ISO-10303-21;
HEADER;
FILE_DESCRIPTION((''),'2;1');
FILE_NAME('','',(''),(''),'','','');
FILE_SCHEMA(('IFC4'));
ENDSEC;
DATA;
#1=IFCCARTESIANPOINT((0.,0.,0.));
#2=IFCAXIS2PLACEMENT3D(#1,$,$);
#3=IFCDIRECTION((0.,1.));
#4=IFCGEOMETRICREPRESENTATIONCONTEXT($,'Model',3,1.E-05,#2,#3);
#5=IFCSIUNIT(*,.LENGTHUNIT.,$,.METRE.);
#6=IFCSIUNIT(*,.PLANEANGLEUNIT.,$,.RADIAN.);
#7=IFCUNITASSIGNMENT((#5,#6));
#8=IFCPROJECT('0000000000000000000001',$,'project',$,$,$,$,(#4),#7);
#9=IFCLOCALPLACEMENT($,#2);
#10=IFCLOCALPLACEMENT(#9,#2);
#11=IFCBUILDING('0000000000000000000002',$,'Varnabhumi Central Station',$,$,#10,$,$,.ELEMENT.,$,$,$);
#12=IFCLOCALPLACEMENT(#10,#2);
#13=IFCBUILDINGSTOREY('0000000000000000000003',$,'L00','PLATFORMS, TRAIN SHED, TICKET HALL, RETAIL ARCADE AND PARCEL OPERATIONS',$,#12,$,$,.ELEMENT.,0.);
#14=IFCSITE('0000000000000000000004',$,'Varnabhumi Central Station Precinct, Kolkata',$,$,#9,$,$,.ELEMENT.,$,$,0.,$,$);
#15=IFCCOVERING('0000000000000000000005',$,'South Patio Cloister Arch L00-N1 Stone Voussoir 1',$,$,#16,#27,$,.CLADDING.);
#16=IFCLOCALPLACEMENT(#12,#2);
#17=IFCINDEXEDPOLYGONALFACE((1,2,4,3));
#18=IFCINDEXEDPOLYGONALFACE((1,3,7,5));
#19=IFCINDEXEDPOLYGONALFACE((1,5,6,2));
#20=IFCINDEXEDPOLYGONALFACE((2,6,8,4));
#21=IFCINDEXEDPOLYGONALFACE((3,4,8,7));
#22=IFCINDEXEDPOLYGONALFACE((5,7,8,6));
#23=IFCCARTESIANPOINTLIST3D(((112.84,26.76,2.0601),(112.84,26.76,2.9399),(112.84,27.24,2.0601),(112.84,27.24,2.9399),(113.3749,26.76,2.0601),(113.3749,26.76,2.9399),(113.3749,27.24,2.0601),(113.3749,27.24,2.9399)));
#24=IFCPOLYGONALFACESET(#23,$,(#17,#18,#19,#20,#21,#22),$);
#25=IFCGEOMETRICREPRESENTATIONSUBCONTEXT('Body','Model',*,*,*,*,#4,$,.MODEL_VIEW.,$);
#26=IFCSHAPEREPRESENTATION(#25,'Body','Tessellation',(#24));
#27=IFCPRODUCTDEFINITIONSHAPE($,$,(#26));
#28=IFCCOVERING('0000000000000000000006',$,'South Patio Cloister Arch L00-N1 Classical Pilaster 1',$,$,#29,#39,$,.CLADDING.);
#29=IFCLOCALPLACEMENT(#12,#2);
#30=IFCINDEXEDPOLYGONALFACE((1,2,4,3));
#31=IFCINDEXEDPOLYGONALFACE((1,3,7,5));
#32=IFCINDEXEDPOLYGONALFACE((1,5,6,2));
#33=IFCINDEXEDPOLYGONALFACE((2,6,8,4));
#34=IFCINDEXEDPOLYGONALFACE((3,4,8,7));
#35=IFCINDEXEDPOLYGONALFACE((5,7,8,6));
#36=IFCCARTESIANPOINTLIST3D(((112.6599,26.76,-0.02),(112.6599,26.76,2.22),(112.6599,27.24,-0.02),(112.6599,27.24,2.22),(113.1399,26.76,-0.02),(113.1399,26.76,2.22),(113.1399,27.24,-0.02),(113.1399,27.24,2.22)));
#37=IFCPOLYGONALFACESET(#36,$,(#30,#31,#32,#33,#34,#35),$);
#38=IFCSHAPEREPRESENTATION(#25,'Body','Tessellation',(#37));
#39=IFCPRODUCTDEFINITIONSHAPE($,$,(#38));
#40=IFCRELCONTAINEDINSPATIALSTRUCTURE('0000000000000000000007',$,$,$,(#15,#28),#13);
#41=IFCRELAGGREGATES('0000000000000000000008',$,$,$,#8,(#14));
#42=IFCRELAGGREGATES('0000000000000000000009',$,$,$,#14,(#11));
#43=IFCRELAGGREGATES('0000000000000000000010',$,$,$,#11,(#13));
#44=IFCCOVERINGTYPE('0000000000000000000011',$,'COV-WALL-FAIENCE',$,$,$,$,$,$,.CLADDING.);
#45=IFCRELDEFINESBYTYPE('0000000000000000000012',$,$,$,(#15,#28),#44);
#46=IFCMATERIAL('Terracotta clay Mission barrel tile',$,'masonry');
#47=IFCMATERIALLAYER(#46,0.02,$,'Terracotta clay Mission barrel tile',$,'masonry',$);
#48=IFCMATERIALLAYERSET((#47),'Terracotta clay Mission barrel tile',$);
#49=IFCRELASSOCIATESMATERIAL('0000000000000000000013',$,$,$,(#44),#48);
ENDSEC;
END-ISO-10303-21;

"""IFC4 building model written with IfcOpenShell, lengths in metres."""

from ifc_helpers import new_model, si_unit, direction, frame, origin, origin_2d, place, context, subcontext, project, spatial, rectangle, extrude, material, layer, layer_set, type_object, element, save


model = new_model("IFC4")

# Units and contexts
model_context = context("Model", 3, precision=1e-05, world=origin(), true_north=direction((0.0, 1.0)))
body_context = subcontext(model_context, "Body", "Model", "MODEL_VIEW")
ifc_project = project(units=[si_unit("LENGTHUNIT", "METRE"), si_unit("PLANEANGLEUNIT", "RADIAN")], contexts=[model_context])

# Site, building, storey
site_placement = place(None, origin())
site = spatial("IfcSite", under=ifc_project, at=site_placement, Name="Varnabhumi Central Station Precinct, Kolkata", CompositionType="ELEMENT", RefElevation=0.0)
building_placement = place(site_placement, origin())
building = spatial("IfcBuilding", under=site, at=building_placement, Name="Varnabhumi Central Station", CompositionType="ELEMENT")
storey_placement = place(building_placement, origin())
storey = spatial("IfcBuildingStorey", under=building, at=storey_placement, Name="L00", Description="PLATFORMS, TRAIN SHED, TICKET HALL, RETAIL ARCADE AND PARCEL OPERATIONS", CompositionType="ELEMENT", Elevation=0.0)

# Coverings
ifc_material_1 = material(Name="Terracotta clay Mission barrel tile", Category="masonry")
ifc_layer_1 = layer(ifc_material_1, 0.02, Name="Terracotta clay Mission barrel tile", Category="masonry")
ifc_layer_set_1 = layer_set([ifc_layer_1], Name="Terracotta clay Mission barrel tile")
covering_type = type_object("IfcCoveringType", Name="COV-WALL-FAIENCE", PredefinedType="CLADDING", material=ifc_layer_set_1)
covering_1_placement = place(storey_placement, frame((113.1074, 27.0, 2.0601), z_axis=(0.0, 0.0, 1.0), x_axis=(1.0, 0.0, 0.0)))
element("IfcCovering", 1, at=covering_1_placement, inside=storey, type_object=covering_type, Name="South Patio Cloister Arch L00-N1 Stone Voussoir 1", PredefinedType="CLADDING", context=body_context, shape_type="SweptSolid", body=[
    extrude(rectangle(XDim=0.5349, YDim=0.48, at=origin_2d()), origin(), (0.0, 0.0, 1.0), 0.8799),
])
covering_2_placement = place(storey_placement, frame((112.8999, 27.0, -0.02), z_axis=(0.0, 0.0, 1.0), x_axis=(1.0, 0.0, 0.0)))
element("IfcCovering", 2, at=covering_2_placement, inside=storey, type_object=covering_type, Name="South Patio Cloister Arch L00-N1 Classical Pilaster 1", PredefinedType="CLADDING", context=body_context, shape_type="SweptSolid", body=[
    extrude(rectangle(XDim=0.48, YDim=0.48, at=origin_2d()), origin(), (0.0, 0.0, 1.0), 2.24),
])

save(model, "model.ifc")
